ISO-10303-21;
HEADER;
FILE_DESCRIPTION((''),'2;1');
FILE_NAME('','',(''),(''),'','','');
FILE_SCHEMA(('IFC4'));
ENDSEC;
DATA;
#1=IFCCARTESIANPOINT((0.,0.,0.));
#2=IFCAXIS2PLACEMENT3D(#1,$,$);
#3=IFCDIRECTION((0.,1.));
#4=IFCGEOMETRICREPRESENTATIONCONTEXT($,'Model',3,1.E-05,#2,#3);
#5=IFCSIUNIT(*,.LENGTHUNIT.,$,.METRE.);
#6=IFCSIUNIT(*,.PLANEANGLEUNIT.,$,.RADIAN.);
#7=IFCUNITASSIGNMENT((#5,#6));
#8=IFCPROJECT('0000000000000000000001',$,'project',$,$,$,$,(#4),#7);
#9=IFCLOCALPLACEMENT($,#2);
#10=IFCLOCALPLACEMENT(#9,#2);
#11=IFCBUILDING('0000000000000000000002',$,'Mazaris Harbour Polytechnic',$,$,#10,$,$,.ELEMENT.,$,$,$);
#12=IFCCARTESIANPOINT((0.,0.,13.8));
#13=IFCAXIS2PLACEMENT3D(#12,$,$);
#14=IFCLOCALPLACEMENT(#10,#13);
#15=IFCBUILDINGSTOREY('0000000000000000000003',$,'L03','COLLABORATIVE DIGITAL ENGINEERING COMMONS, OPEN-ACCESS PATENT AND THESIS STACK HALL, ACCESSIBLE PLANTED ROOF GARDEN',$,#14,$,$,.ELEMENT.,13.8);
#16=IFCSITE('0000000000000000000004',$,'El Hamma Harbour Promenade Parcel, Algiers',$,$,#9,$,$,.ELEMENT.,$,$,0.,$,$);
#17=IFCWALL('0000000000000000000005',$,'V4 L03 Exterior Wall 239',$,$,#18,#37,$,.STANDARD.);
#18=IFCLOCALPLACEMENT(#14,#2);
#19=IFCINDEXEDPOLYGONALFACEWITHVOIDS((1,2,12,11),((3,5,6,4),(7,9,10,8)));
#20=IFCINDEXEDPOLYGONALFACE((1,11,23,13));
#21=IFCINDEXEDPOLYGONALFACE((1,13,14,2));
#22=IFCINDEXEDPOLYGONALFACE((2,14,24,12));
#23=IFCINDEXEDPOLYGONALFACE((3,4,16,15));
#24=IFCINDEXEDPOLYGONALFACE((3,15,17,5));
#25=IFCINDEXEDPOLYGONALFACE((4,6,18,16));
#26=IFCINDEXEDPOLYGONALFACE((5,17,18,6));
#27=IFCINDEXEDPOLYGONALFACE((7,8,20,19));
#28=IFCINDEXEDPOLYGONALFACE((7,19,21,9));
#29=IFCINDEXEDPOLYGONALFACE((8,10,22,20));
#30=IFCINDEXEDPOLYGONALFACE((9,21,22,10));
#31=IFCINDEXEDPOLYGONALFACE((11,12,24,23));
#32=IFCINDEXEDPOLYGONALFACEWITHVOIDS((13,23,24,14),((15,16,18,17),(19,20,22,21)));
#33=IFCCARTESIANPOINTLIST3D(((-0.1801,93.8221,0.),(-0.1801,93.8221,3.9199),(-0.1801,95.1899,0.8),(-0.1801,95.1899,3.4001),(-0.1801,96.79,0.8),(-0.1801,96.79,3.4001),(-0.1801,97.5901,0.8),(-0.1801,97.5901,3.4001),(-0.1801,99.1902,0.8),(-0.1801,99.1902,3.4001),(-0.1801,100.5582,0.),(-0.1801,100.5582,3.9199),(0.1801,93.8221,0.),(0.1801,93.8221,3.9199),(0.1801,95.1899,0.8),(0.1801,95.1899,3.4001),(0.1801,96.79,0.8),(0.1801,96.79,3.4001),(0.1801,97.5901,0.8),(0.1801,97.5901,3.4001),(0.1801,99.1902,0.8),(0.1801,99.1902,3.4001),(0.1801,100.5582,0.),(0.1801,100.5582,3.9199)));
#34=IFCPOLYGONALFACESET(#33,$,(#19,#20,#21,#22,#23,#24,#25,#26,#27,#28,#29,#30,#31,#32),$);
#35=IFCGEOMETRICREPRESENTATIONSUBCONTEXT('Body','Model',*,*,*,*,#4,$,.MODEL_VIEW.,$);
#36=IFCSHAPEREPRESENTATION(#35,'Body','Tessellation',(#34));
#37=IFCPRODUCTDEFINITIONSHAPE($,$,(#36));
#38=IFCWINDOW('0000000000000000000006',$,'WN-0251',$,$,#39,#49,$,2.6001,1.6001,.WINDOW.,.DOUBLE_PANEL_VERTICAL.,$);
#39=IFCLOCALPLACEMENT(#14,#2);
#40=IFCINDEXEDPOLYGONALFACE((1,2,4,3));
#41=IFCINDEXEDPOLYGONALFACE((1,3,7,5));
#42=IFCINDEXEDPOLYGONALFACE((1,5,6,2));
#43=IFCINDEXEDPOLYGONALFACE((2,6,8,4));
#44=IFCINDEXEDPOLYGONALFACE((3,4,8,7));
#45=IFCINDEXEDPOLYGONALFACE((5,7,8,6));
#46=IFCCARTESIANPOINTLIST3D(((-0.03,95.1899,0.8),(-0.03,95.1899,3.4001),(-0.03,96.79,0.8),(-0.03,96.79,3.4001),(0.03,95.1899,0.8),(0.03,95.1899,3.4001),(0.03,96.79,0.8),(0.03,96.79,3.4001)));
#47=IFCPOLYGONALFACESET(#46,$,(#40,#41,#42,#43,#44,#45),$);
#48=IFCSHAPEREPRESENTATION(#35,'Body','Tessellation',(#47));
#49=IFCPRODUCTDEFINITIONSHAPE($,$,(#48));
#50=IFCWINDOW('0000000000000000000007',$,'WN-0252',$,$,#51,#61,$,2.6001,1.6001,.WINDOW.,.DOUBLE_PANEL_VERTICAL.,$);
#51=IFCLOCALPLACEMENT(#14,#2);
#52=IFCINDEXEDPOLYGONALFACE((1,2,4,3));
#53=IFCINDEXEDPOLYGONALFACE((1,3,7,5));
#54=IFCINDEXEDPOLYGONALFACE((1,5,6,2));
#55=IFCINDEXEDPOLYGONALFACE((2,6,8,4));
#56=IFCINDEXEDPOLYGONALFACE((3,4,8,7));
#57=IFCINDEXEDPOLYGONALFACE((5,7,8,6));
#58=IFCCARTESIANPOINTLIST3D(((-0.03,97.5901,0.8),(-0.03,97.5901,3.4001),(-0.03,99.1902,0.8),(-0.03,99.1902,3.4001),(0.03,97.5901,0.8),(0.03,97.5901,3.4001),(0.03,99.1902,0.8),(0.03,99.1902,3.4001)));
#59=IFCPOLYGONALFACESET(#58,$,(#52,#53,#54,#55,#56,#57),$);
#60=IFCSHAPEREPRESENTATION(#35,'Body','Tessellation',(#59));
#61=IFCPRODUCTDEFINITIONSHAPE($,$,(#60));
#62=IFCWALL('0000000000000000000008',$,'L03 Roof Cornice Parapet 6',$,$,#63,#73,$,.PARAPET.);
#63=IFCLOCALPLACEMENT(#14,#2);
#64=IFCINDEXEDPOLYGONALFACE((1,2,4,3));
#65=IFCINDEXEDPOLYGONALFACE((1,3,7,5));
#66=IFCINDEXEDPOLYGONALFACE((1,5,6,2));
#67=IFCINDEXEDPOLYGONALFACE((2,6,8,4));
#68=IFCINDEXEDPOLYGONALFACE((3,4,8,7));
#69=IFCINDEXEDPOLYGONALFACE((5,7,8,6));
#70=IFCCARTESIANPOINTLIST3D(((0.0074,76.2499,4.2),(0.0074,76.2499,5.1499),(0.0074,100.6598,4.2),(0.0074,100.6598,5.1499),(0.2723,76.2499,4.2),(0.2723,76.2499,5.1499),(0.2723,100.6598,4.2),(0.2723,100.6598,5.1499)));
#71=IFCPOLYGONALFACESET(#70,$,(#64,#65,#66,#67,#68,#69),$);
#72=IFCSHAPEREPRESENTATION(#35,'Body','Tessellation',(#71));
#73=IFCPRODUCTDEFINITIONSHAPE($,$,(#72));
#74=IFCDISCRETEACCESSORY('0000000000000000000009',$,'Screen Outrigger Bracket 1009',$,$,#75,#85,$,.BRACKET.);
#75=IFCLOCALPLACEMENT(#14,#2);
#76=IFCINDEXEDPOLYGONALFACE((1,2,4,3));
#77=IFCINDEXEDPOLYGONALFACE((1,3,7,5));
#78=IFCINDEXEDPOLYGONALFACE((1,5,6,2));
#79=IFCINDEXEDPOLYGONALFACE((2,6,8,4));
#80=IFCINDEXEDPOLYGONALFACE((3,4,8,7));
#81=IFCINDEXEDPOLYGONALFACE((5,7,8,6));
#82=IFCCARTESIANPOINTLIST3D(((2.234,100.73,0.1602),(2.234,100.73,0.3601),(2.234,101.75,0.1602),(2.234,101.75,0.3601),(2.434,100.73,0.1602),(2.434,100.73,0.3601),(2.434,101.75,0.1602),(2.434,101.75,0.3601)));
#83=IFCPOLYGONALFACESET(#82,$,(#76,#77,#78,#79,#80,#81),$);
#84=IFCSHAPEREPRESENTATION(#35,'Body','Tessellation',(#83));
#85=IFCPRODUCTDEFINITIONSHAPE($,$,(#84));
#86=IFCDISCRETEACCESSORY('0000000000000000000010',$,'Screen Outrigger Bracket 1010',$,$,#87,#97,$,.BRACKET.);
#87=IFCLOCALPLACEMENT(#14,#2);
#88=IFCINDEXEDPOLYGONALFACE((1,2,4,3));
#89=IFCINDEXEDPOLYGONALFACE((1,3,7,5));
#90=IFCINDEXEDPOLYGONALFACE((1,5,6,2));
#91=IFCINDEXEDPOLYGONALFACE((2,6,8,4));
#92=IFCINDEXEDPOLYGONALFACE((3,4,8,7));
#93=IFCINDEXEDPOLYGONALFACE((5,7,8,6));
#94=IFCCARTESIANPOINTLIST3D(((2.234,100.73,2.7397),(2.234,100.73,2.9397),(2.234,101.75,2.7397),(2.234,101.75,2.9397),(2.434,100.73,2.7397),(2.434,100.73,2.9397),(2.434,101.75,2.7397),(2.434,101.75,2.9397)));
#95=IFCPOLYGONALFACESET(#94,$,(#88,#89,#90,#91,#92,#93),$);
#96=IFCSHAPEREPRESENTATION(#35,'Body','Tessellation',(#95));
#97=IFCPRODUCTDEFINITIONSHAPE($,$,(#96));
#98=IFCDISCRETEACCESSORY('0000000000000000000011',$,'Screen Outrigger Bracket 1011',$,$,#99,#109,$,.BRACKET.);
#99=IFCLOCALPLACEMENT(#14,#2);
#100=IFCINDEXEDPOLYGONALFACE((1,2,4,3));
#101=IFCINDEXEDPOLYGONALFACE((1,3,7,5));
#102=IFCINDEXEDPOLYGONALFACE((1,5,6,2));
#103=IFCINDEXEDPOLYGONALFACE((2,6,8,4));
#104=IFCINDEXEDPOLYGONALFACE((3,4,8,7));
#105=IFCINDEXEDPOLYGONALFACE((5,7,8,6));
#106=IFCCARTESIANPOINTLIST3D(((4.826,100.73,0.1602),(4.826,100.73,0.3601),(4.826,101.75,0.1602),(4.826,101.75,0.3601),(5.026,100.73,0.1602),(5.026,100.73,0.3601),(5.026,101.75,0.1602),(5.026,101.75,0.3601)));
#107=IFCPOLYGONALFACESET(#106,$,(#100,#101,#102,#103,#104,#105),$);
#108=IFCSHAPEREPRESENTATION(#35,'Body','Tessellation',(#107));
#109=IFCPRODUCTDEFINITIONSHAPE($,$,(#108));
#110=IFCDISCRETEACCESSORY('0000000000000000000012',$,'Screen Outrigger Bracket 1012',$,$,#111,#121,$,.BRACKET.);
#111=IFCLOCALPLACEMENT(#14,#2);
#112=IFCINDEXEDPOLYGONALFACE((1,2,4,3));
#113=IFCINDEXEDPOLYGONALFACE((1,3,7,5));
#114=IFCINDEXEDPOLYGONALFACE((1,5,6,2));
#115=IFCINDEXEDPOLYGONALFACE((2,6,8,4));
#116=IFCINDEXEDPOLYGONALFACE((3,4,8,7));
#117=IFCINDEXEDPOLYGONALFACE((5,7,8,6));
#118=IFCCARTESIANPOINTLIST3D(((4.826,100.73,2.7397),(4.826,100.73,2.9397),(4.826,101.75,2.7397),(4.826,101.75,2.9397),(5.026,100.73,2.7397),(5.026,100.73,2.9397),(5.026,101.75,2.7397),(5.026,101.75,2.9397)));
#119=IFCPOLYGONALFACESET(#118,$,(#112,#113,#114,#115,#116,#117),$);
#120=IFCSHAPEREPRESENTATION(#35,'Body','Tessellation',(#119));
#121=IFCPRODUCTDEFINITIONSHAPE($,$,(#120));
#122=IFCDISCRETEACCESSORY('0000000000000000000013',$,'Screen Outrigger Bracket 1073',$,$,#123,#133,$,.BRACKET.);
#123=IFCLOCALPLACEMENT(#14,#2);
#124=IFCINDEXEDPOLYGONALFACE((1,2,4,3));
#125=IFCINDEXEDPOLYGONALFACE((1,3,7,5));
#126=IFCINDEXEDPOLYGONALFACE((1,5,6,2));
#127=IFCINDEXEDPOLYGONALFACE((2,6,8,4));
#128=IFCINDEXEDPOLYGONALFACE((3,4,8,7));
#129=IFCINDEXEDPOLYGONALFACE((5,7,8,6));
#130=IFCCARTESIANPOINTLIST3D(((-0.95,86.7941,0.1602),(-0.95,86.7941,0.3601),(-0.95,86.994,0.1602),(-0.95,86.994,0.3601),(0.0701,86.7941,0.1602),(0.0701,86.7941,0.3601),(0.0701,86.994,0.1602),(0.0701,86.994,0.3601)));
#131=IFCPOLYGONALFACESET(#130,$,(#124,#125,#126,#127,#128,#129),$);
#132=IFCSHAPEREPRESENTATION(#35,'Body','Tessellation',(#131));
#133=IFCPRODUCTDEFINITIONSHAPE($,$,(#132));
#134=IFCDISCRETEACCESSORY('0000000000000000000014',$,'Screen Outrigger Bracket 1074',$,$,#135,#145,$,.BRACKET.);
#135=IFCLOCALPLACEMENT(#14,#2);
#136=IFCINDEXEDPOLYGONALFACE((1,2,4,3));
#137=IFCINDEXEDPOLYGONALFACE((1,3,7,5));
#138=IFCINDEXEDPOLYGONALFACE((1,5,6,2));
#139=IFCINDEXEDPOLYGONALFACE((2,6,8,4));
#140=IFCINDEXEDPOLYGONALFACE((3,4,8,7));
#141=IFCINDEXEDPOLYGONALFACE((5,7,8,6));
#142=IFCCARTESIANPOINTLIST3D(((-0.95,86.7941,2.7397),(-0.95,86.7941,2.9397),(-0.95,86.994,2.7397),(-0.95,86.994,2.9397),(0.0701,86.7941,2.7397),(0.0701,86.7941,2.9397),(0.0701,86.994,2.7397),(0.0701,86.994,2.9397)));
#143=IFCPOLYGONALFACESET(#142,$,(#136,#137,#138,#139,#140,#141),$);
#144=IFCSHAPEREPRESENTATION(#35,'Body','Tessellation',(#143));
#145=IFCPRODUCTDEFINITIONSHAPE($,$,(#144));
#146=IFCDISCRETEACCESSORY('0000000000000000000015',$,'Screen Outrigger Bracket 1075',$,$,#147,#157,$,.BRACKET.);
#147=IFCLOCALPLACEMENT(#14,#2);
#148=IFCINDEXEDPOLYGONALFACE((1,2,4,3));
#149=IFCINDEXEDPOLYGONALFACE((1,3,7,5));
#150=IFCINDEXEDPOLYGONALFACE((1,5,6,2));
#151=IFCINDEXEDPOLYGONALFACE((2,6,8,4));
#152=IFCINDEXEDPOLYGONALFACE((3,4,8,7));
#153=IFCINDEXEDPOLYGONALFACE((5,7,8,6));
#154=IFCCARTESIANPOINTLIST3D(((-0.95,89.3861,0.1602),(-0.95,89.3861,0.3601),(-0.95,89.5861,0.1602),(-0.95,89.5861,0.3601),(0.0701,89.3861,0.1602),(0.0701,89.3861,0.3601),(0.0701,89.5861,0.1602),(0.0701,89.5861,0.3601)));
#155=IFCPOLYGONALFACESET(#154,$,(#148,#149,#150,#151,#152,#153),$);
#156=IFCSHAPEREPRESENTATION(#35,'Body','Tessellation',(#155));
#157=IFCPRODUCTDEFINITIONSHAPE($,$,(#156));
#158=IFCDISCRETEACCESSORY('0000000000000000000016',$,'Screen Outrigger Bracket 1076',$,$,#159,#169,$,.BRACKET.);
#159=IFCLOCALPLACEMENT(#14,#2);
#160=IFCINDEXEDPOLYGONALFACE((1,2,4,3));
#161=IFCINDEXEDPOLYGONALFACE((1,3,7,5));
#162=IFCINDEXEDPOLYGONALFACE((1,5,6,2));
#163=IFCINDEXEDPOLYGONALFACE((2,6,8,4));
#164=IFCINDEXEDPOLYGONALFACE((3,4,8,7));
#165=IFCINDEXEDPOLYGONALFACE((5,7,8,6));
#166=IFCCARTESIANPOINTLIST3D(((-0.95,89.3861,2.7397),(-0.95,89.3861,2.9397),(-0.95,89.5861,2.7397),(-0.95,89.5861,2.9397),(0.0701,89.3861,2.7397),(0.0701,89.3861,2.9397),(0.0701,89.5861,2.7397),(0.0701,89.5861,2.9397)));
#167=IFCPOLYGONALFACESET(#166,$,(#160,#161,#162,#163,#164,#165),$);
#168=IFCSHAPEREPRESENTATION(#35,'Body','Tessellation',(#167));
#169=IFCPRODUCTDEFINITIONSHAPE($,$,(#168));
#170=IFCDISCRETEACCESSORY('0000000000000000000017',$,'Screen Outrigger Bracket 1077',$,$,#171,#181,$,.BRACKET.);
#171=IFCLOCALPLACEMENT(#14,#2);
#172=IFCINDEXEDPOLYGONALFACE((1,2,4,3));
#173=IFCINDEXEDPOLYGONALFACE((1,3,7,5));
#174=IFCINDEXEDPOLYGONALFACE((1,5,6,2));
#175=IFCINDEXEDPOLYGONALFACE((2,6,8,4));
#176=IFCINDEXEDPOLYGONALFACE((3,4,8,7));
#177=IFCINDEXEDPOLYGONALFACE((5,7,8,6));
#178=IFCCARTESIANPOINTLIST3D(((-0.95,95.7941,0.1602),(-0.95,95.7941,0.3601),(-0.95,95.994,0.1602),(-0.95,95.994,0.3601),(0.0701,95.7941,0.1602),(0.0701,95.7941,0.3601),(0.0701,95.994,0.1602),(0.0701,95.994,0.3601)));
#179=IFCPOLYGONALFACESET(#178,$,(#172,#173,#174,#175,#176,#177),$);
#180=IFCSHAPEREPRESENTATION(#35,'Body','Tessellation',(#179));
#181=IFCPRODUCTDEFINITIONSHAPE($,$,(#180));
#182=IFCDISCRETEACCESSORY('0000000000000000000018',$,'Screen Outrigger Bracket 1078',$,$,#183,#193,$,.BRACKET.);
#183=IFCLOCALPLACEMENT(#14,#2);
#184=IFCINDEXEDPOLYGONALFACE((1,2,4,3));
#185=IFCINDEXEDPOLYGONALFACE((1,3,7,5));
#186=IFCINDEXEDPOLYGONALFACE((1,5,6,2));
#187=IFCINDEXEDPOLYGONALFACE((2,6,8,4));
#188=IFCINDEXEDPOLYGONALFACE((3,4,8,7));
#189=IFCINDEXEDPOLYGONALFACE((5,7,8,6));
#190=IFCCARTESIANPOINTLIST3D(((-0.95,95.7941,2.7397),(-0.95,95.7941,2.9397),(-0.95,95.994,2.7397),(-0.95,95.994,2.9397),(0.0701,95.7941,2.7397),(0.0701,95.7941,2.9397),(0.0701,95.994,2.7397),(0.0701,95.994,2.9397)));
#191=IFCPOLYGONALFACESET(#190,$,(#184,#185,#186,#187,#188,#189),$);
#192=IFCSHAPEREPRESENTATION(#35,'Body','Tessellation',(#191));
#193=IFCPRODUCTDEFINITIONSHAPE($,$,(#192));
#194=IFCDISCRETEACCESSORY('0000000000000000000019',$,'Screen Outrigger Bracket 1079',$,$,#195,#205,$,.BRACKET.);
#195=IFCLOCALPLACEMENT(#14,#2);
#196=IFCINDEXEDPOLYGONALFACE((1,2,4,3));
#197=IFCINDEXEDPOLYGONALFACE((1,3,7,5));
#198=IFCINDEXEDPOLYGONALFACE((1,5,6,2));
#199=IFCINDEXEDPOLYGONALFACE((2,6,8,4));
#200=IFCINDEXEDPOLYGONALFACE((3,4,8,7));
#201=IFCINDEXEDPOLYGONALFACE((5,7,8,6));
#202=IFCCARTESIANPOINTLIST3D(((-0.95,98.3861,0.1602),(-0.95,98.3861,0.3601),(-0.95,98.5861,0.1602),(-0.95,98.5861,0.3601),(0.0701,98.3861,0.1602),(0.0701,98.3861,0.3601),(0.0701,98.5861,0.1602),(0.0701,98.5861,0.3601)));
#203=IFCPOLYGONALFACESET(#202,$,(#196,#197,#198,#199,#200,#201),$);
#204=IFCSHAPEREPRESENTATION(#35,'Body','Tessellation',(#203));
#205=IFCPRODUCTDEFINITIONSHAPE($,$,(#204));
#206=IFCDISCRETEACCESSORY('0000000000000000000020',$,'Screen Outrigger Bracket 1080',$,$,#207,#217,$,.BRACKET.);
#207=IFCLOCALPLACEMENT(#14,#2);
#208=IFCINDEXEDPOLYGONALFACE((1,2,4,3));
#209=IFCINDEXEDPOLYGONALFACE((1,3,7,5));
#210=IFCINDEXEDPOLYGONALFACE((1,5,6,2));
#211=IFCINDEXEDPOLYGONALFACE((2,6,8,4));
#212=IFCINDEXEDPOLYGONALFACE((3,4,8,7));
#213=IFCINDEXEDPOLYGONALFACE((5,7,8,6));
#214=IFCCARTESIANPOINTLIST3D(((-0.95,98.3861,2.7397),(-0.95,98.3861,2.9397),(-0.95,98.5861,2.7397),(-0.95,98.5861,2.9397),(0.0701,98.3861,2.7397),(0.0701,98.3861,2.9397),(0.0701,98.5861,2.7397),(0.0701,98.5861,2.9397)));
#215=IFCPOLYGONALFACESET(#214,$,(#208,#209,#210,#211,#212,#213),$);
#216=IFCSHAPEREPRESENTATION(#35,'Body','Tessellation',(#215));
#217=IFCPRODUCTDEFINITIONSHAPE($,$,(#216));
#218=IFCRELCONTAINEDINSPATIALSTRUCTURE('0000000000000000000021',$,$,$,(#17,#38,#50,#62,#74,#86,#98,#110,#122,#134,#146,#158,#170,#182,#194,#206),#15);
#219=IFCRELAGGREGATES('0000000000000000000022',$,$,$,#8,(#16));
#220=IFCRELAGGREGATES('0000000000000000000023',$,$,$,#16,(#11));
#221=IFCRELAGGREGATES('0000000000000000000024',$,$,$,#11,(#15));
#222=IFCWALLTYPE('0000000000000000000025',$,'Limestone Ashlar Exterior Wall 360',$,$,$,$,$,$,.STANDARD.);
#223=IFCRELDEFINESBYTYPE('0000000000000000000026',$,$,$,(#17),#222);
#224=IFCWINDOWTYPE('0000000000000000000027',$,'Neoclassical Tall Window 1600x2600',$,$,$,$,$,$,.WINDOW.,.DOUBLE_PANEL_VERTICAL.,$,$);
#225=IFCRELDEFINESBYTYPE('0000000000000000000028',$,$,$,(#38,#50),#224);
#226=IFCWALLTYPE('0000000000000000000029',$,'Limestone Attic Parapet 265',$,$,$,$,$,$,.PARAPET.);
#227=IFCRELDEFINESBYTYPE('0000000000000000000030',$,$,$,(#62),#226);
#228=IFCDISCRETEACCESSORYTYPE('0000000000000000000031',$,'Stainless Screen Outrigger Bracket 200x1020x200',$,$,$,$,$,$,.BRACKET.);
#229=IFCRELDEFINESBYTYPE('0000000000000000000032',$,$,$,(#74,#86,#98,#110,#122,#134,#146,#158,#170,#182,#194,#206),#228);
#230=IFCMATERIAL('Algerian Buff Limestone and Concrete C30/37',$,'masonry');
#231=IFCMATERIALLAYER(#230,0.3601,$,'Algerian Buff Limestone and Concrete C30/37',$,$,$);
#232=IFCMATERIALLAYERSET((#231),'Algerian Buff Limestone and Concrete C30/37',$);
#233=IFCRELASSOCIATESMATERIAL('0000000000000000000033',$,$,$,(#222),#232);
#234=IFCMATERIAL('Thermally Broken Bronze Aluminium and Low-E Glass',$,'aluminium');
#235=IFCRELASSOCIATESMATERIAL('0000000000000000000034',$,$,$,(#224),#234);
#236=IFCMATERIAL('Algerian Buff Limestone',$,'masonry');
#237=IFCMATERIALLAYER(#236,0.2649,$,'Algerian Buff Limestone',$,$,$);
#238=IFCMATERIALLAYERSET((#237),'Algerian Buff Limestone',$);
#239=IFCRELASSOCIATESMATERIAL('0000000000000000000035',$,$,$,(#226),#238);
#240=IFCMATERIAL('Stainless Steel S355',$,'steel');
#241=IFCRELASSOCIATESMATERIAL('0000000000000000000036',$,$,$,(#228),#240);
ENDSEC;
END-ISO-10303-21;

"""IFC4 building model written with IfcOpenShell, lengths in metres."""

from ifc_helpers import new_model, si_unit, direction, frame, frame_2d, origin, origin_2d, place, context, subcontext, project, spatial, rectangle, extrude, material, layer, layer_set, type_object, element, fill, save


model = new_model("IFC4")

# Units and contexts
model_context = context("Model", 3, precision=1e-05, world=origin(), true_north=direction((0.0, 1.0)))
body_context = subcontext(model_context, "Body", "Model", "MODEL_VIEW")
ifc_project = project(units=[si_unit("LENGTHUNIT", "METRE"), si_unit("PLANEANGLEUNIT", "RADIAN")], contexts=[model_context])

# Site, building, storey
site_placement = place(None, origin())
site = spatial("IfcSite", under=ifc_project, at=site_placement, Name="El Hamma Harbour Promenade Parcel, Algiers", CompositionType="ELEMENT", RefElevation=0.0)
building_placement = place(site_placement, origin())
building = spatial("IfcBuilding", under=site, at=building_placement, Name="Mazaris Harbour Polytechnic", CompositionType="ELEMENT")
storey_placement = place(building_placement, frame((0.0, 0.0, 13.8)))
storey = spatial("IfcBuildingStorey", under=building, at=storey_placement, Name="L03", Description="COLLABORATIVE DIGITAL ENGINEERING COMMONS, OPEN-ACCESS PATENT AND THESIS STACK HALL, ACCESSIBLE PLANTED ROOF GARDEN", CompositionType="ELEMENT", Elevation=13.8)

# Wall, openings, windows
ifc_material_1 = material(Name="Algerian Buff Limestone and Concrete C30/37", Category="masonry")
ifc_layer_1 = layer(ifc_material_1, 0.3601, Name="Algerian Buff Limestone and Concrete C30/37")
ifc_layer_set_1 = layer_set([ifc_layer_1], Name="Algerian Buff Limestone and Concrete C30/37")
wall_type_1 = type_object("IfcWallType", Name="Limestone Ashlar Exterior Wall 360", PredefinedType="STANDARD", material=ifc_layer_set_1)
wall_1_placement = place(storey_placement, frame((0.0, 93.822, 0.0), z_axis=(0.0, 0.0, 1.0), x_axis=(0.0, 1.0, 0.0)))
wall_1 = element("IfcWall", 1, at=wall_1_placement, inside=storey, type_object=wall_type_1, Name="V4 L03 Exterior Wall 239", PredefinedType="STANDARD", context=body_context, shape_type="SweptSolid", body=[
    extrude(rectangle(XDim=6.7361, YDim=0.3601, at=frame_2d((3.3682, 0.0))), origin(), (0.0, 0.0, 1.0), 3.9199),
])
opening_1_placement = place(wall_1_placement, frame((1.3679, 0.0, 0.8)))
opening_1 = element("IfcOpeningElement", 2, at=opening_1_placement, cuts=wall_1, PredefinedType="OPENING", context=body_context, shape_type="SweptSolid", body=[
    extrude(rectangle(XDim=1.6001, YDim=2.6001, at=frame_2d((0.8, 1.3))), frame((0.0, 0.1899, 0.0), z_axis=(0.0, -1.0, 0.0), x_axis=(1.0, 0.0, 0.0)), (0.0, 0.0, 1.0), 0.3801),
])
opening_2_placement = place(wall_1_placement, frame((3.7681, 0.0, 0.8)))
opening_2 = element("IfcOpeningElement", 3, at=opening_2_placement, cuts=wall_1, PredefinedType="OPENING", context=body_context, shape_type="SweptSolid", body=[
    extrude(rectangle(XDim=1.6001, YDim=2.6001, at=frame_2d((0.8, 1.3))), frame((0.0, 0.1899, 0.0), z_axis=(0.0, -1.0, 0.0), x_axis=(1.0, 0.0, 0.0)), (0.0, 0.0, 1.0), 0.3801),
])
ifc_material_2 = material(Name="Thermally Broken Bronze Aluminium and Low-E Glass", Category="aluminium")
window_type_1 = type_object("IfcWindowType", Name="Neoclassical Tall Window 1600x2600", PartitioningType="DOUBLE_PANEL_VERTICAL", PredefinedType="WINDOW", material=ifc_material_2)
window_1_placement = place(opening_1_placement, origin())
window_1 = element("IfcWindow", 4, at=window_1_placement, inside=storey, type_object=window_type_1, Name="WN-0251", OverallHeight=2.6001, OverallWidth=1.6001, PartitioningType="DOUBLE_PANEL_VERTICAL", PredefinedType="WINDOW", context=body_context, shape_type="SweptSolid", body=[
    extrude(rectangle(XDim=1.6001, YDim=2.6001, at=frame_2d((0.8, 1.3))), frame((0.0, 0.03, 0.0), z_axis=(0.0, -1.0, 0.0), x_axis=(1.0, 0.0, 0.0)), (0.0, 0.0, 1.0), 0.0601),
])
fill(opening_1, window_1)
window_2_placement = place(opening_2_placement, origin())
window_2 = element("IfcWindow", 5, at=window_2_placement, inside=storey, type_object=window_type_1, Name="WN-0252", OverallHeight=2.6001, OverallWidth=1.6001, PartitioningType="DOUBLE_PANEL_VERTICAL", PredefinedType="WINDOW", context=body_context, shape_type="SweptSolid", body=[
    extrude(rectangle(XDim=1.6001, YDim=2.6001, at=frame_2d((0.8, 1.3))), frame((0.0, 0.03, 0.0), z_axis=(0.0, -1.0, 0.0), x_axis=(1.0, 0.0, 0.0)), (0.0, 0.0, 1.0), 0.0601),
])
fill(opening_2, window_2)

# Wall
ifc_material_3 = material(Name="Algerian Buff Limestone", Category="masonry")
ifc_layer_2 = layer(ifc_material_3, 0.2649, Name="Algerian Buff Limestone")
ifc_layer_set_2 = layer_set([ifc_layer_2], Name="Algerian Buff Limestone")
wall_type_2 = type_object("IfcWallType", Name="Limestone Attic Parapet 265", PredefinedType="PARAPET", material=ifc_layer_set_2)
wall_2_placement = place(storey_placement, frame((0.1399, 100.6599, 4.2), z_axis=(0.0, 0.0, 1.0), x_axis=(0.0, -1.0, 0.0)))
element("IfcWall", 6, at=wall_2_placement, inside=storey, type_object=wall_type_2, Name="L03 Roof Cornice Parapet 6", PredefinedType="PARAPET", context=body_context, shape_type="SweptSolid", body=[
    extrude(rectangle(XDim=24.4099, YDim=0.2649, at=frame_2d((12.2051, 0.0))), origin(), (0.0, 0.0, 1.0), 0.95),
])

# Discrete accessories
ifc_material_4 = material(Name="Stainless Steel S355", Category="steel")
discrete_accessory_type = type_object("IfcDiscreteAccessoryType", Name="Stainless Screen Outrigger Bracket 200x1020x200", PredefinedType="BRACKET", material=ifc_material_4)
for number, where, z_axis, x_axis, name in (
    (7, (2.334, 101.24, 0.1602), (0.0, 0.0, 1.0), (1.0, 0.0, 0.0), "Screen Outrigger Bracket 1009"),
    (8, (2.334, 101.24, 2.7397), (0.0, 0.0, 1.0), (1.0, 0.0, 0.0), "Screen Outrigger Bracket 1010"),
    (9, (4.926, 101.24, 0.1602), (0.0, 0.0, 1.0), (1.0, 0.0, 0.0), "Screen Outrigger Bracket 1011"),
    (10, (4.926, 101.24, 2.7397), (0.0, 0.0, 1.0), (1.0, 0.0, 0.0), "Screen Outrigger Bracket 1012"),
    (11, (-0.4399, 86.894, 0.1602), (0.0, 0.0, 1.0), (0.0, 1.0, 0.0), "Screen Outrigger Bracket 1073"),
    (12, (-0.4399, 86.894, 2.7397), (0.0, 0.0, 1.0), (0.0, 1.0, 0.0), "Screen Outrigger Bracket 1074"),
    (13, (-0.4399, 89.4861, 0.1602), (0.0, 0.0, 1.0), (0.0, 1.0, 0.0), "Screen Outrigger Bracket 1075"),
    (14, (-0.4399, 89.4861, 2.7397), (0.0, 0.0, 1.0), (0.0, 1.0, 0.0), "Screen Outrigger Bracket 1076"),
    (15, (-0.4399, 95.894, 0.1602), (0.0, 0.0, 1.0), (0.0, 1.0, 0.0), "Screen Outrigger Bracket 1077"),
    (16, (-0.4399, 95.894, 2.7397), (0.0, 0.0, 1.0), (0.0, 1.0, 0.0), "Screen Outrigger Bracket 1078"),
    (17, (-0.4399, 98.4861, 0.1602), (0.0, 0.0, 1.0), (0.0, 1.0, 0.0), "Screen Outrigger Bracket 1079"),
    (18, (-0.4399, 98.4861, 2.7397), (0.0, 0.0, 1.0), (0.0, 1.0, 0.0), "Screen Outrigger Bracket 1080"),
):
    element("IfcDiscreteAccessory", number, at=place(storey_placement, frame(where, z_axis=z_axis, x_axis=x_axis)), inside=storey, type_object=discrete_accessory_type, Name=name, PredefinedType="BRACKET", context=body_context, shape_type="SweptSolid", body=[
        extrude(rectangle(XDim=0.2, YDim=1.02, at=origin_2d()), origin(), (0.0, 0.0, 1.0), 0.2),
    ])

save(model, "model.ifc")
